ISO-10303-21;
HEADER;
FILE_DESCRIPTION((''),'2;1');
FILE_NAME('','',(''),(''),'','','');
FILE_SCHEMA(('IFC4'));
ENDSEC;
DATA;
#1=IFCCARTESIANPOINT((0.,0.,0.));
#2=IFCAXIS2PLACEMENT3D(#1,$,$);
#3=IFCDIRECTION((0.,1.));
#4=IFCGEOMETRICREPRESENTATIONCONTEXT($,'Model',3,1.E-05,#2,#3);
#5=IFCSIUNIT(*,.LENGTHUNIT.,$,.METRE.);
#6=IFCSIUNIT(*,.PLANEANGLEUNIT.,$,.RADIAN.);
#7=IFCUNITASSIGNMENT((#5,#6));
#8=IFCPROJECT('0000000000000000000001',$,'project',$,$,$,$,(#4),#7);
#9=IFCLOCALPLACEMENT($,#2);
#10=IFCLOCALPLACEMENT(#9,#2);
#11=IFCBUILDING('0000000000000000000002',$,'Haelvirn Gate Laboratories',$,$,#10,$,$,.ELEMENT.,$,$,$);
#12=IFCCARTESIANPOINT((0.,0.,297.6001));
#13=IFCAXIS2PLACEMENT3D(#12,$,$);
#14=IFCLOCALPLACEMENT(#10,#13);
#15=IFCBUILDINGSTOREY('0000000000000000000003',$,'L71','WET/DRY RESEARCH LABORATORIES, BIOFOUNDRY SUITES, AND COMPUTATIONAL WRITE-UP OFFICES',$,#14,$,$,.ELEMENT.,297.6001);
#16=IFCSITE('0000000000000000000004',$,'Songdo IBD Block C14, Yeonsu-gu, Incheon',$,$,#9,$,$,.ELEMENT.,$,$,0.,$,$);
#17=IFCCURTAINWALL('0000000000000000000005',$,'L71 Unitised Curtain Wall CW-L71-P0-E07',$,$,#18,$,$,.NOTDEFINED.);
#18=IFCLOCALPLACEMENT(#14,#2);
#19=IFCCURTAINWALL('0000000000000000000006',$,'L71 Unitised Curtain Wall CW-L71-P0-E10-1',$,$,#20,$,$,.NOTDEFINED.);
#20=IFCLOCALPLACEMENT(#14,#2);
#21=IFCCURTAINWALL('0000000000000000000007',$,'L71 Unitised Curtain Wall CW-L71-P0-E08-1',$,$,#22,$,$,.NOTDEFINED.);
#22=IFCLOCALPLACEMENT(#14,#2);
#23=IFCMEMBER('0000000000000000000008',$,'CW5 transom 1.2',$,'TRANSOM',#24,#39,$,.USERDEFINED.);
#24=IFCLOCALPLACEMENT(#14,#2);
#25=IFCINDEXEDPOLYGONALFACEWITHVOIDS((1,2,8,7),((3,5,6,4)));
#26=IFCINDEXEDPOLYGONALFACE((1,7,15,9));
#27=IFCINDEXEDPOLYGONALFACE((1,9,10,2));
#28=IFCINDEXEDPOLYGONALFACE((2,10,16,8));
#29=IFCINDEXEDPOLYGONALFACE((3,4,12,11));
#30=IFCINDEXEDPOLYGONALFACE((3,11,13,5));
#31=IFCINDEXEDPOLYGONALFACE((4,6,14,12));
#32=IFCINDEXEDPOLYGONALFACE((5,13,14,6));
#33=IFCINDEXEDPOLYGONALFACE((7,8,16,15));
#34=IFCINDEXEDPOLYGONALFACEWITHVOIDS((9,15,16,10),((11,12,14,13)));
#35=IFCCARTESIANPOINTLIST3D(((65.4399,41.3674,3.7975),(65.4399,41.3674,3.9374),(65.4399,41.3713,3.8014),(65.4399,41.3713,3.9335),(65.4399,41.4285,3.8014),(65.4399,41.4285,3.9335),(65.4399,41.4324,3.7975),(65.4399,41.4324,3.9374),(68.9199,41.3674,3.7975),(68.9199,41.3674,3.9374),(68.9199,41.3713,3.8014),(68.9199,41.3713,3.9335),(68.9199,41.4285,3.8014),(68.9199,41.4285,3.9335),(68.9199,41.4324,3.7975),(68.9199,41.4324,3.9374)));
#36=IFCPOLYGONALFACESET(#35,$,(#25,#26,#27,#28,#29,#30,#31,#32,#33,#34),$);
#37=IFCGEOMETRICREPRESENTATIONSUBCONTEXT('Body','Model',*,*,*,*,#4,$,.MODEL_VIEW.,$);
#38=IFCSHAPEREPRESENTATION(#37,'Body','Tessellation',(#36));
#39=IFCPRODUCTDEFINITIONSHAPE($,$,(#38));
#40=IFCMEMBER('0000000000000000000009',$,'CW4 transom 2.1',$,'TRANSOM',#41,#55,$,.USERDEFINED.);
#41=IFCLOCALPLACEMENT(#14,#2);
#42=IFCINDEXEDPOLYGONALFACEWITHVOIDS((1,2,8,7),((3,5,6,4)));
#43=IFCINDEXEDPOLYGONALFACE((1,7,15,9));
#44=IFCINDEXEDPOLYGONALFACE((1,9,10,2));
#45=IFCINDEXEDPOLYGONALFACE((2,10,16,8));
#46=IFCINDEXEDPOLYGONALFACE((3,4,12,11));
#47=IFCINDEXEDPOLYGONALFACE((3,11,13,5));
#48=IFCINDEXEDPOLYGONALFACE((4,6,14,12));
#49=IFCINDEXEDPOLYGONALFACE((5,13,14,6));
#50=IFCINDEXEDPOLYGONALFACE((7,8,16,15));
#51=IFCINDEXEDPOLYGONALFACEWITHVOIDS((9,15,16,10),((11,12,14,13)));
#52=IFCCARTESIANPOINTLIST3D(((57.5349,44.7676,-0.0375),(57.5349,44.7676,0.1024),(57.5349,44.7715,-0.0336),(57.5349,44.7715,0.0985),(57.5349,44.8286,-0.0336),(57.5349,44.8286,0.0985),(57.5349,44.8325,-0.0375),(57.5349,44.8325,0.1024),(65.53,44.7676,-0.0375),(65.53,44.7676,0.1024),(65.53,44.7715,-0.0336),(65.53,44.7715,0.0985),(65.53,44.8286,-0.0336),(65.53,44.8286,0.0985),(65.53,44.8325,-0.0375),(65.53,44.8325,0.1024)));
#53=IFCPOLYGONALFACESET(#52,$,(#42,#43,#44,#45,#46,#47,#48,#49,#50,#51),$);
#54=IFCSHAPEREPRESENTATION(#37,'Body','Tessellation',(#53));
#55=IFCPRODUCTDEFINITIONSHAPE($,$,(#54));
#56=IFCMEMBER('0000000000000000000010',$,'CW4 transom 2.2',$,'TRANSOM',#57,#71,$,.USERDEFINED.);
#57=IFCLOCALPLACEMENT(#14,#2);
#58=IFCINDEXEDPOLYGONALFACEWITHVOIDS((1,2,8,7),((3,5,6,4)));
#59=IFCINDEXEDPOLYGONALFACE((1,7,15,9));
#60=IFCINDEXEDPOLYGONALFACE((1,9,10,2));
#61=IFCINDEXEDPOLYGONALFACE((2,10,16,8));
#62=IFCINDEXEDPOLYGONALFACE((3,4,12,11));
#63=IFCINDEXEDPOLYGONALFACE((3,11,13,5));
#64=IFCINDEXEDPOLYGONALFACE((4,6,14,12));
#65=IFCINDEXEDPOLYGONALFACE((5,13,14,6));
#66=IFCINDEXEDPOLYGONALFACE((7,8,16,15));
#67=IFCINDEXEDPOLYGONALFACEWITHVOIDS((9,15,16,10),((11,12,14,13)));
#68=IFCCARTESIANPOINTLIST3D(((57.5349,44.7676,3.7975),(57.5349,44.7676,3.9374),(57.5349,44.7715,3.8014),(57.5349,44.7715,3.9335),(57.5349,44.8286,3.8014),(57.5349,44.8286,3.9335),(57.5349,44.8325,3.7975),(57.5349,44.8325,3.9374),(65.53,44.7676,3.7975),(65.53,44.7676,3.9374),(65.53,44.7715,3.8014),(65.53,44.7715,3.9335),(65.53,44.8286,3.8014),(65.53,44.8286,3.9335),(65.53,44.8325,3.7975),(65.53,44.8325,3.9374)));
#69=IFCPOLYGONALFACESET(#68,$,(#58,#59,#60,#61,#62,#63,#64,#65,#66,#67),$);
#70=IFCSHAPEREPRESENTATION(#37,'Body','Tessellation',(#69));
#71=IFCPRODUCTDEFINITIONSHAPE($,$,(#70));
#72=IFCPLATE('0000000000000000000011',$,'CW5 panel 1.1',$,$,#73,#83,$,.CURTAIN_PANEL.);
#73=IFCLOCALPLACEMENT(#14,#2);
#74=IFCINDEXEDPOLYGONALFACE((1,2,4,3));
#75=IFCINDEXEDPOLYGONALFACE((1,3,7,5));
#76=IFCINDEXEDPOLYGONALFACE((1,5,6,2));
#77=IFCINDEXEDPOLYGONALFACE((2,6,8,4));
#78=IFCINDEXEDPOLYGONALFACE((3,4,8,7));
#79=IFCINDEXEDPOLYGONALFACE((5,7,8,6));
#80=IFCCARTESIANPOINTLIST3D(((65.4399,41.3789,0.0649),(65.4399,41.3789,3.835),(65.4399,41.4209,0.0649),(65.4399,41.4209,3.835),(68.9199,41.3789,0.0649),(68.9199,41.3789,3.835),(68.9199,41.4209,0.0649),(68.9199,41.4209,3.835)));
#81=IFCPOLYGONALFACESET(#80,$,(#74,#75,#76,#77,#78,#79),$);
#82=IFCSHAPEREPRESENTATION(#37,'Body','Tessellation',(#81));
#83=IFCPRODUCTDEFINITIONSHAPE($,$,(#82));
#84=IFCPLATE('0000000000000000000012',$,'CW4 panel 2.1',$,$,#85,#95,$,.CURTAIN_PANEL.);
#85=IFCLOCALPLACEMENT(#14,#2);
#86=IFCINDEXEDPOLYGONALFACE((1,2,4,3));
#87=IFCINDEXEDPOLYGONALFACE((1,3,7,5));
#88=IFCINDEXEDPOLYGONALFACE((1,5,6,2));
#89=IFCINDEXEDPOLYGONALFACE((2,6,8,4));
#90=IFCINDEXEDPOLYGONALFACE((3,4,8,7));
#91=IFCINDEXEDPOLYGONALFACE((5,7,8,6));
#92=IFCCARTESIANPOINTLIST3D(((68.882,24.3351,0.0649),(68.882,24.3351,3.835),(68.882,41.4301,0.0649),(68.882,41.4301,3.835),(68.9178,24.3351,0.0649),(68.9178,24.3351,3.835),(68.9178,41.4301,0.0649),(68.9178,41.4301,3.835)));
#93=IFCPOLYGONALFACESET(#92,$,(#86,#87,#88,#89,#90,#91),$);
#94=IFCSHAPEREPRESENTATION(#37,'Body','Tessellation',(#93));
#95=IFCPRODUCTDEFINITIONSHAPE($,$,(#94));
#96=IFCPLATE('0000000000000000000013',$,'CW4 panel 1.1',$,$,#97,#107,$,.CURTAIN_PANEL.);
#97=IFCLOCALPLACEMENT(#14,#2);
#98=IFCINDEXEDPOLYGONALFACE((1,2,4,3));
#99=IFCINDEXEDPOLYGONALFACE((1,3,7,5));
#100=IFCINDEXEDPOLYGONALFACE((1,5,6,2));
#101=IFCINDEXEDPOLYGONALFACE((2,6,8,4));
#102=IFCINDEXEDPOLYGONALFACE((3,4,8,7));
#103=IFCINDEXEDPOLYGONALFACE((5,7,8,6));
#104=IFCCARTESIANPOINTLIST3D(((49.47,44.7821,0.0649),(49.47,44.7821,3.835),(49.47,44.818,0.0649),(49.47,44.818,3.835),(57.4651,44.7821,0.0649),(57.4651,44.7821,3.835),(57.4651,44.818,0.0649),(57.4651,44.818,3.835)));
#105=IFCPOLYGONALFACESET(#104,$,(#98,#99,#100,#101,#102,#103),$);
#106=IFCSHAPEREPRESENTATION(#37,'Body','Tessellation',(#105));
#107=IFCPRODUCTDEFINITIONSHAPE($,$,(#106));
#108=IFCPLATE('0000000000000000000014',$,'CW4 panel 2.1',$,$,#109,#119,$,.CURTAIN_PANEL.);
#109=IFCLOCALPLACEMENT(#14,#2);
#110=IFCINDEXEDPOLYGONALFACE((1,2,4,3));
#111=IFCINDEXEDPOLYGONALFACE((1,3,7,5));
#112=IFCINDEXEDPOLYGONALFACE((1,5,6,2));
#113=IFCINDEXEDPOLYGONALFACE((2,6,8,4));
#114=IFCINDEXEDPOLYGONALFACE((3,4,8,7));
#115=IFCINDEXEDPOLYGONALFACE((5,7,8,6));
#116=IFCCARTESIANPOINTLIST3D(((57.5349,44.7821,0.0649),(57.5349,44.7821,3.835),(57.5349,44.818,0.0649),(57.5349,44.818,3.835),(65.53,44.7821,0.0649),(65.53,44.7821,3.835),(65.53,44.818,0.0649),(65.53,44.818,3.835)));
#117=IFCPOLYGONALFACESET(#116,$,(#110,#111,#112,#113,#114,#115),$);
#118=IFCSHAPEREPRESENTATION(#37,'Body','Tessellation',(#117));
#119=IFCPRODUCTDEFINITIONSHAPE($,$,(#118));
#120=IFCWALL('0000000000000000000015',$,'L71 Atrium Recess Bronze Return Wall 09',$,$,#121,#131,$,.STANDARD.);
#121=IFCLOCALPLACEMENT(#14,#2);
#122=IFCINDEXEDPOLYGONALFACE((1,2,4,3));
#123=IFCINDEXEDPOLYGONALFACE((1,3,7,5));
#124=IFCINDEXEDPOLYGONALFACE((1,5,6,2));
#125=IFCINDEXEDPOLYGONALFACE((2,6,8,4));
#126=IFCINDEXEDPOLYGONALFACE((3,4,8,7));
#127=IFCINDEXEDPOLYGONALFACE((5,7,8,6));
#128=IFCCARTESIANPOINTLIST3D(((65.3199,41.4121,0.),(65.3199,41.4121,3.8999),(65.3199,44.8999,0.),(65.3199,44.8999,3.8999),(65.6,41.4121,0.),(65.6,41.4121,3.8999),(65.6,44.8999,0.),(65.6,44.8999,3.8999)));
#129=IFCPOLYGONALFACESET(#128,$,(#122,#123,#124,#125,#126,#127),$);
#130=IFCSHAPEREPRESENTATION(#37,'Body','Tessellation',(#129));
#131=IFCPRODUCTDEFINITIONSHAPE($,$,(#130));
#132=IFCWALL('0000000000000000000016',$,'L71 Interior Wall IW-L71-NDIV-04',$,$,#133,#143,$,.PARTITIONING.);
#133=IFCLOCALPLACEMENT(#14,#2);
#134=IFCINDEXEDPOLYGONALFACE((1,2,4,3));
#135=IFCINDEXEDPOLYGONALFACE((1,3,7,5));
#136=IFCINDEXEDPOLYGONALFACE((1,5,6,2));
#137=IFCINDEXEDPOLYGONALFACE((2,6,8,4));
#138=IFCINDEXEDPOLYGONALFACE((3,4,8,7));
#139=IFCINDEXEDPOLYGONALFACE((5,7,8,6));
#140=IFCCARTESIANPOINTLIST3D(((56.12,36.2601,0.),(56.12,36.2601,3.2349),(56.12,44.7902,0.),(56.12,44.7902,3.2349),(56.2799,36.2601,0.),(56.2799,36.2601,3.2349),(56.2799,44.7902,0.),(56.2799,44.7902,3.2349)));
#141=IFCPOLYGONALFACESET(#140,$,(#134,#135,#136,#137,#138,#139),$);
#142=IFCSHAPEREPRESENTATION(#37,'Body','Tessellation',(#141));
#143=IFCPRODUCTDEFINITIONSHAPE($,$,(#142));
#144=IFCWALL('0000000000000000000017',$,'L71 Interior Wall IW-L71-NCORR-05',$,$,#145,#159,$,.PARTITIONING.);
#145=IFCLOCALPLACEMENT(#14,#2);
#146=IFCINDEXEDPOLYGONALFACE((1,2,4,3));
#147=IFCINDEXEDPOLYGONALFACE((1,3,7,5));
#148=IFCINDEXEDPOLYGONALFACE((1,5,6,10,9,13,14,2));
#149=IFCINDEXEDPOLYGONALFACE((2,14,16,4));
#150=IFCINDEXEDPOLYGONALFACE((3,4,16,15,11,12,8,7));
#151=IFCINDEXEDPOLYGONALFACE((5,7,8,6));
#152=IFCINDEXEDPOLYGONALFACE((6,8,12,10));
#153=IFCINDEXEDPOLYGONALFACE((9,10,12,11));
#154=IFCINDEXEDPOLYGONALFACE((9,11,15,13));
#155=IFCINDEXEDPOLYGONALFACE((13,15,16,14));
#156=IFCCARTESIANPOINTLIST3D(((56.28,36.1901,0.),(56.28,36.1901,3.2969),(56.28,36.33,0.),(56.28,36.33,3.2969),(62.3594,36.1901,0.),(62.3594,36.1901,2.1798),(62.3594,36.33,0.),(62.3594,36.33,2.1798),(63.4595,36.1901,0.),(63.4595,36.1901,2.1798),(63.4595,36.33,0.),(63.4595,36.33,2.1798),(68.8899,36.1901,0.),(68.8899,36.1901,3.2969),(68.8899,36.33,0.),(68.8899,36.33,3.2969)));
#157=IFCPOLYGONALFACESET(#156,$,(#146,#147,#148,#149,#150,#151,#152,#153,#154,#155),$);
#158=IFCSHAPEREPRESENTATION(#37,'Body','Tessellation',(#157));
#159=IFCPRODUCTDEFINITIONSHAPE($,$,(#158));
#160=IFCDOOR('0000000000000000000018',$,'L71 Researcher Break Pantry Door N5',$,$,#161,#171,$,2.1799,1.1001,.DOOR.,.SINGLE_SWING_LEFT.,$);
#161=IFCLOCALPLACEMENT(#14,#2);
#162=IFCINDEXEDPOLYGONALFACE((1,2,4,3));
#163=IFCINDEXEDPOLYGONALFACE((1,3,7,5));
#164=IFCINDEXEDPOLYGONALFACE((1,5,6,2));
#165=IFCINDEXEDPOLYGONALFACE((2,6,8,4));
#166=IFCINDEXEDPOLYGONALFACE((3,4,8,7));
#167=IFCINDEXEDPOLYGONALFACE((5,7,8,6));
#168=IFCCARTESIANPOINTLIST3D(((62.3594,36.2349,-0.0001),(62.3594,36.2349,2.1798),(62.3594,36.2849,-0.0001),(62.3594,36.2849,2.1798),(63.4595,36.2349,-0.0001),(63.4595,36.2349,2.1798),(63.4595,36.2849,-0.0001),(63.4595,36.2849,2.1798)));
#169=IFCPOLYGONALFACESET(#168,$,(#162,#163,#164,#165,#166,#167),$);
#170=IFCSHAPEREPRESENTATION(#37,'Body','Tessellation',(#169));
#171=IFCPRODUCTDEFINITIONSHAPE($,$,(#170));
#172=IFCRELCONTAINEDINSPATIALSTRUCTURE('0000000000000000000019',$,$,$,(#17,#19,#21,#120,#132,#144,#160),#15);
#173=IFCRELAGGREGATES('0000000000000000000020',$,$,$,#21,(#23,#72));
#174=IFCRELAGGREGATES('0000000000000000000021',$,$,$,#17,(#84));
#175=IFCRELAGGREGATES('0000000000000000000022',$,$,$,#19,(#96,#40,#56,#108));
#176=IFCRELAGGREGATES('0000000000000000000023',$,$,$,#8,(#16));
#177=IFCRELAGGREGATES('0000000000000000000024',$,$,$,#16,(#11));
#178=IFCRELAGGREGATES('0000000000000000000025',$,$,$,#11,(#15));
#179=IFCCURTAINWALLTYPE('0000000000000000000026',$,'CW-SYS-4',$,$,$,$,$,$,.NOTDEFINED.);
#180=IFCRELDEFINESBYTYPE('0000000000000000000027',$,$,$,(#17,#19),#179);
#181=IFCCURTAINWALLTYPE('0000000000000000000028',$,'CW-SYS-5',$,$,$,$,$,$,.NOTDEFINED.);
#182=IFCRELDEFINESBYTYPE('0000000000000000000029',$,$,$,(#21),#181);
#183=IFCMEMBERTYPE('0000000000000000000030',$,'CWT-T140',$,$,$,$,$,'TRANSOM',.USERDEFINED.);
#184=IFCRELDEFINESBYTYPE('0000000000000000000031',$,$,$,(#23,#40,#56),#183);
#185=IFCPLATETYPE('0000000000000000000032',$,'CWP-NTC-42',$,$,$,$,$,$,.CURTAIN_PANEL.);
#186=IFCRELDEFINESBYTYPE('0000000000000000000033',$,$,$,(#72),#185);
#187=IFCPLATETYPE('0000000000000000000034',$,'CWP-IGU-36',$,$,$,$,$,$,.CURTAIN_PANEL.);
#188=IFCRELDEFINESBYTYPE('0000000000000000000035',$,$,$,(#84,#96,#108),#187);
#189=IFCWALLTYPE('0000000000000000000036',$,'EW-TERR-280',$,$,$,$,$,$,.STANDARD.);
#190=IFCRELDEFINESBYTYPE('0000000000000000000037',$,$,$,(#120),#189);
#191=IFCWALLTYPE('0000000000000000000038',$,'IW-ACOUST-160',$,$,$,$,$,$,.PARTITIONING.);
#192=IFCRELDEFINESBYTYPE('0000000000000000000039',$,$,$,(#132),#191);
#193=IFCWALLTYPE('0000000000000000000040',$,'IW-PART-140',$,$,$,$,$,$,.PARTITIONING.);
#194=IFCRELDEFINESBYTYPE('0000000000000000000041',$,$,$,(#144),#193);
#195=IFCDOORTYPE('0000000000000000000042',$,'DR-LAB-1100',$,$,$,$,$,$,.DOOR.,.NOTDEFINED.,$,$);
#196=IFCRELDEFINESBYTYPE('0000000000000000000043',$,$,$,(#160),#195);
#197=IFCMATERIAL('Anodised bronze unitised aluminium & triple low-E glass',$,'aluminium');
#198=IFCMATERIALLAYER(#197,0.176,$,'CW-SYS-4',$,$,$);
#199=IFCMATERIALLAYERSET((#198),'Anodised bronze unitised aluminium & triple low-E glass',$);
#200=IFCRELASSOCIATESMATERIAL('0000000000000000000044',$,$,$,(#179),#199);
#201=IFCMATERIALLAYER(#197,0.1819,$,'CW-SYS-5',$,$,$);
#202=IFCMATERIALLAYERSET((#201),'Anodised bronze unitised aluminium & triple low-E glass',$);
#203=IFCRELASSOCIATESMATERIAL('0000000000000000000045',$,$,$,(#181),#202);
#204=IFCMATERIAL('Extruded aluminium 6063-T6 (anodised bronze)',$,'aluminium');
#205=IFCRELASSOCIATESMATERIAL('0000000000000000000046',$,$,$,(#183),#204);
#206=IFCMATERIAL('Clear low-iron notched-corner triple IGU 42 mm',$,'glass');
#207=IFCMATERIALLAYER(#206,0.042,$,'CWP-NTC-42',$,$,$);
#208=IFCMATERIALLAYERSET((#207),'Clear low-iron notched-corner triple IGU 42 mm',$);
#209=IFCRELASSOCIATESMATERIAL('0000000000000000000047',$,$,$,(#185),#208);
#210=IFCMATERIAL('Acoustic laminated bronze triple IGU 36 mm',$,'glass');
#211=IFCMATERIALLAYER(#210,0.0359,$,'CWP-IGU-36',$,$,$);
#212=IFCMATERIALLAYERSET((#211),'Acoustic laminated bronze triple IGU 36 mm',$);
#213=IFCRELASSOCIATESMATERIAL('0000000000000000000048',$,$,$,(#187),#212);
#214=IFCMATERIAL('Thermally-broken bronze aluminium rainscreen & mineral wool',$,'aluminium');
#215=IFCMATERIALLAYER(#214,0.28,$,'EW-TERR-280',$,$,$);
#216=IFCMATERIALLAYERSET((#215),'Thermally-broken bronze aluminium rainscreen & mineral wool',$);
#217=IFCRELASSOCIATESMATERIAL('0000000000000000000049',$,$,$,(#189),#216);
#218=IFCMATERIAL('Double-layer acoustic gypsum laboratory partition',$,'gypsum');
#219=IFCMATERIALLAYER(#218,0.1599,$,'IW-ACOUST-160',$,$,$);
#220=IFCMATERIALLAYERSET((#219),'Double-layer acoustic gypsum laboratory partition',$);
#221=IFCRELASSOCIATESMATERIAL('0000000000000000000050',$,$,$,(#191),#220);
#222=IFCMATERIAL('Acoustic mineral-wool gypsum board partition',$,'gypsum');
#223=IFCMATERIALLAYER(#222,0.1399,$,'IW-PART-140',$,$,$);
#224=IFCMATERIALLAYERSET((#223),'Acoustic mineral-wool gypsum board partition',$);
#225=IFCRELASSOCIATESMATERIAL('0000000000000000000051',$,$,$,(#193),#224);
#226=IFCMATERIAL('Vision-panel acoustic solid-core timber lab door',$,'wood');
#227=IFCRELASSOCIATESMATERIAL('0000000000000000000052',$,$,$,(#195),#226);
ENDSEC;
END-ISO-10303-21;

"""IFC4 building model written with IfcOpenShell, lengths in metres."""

from ifc_helpers import new_model, si_unit, direction, frame, frame_2d, origin, origin_2d, place, context, subcontext, project, spatial, rectangle, hollow_rectangle, extrude, source, transform, mapped, material, layer, layer_set, material_profile, profile_set, type_object, type_shapes, element, fill, aggregate, save


model = new_model("IFC4")

# Units and contexts
model_context = context("Model", 3, precision=1e-05, world=origin(), true_north=direction((0.0, 1.0)))
body_context = subcontext(model_context, "Body", "Model", "MODEL_VIEW")
ifc_project = project(units=[si_unit("LENGTHUNIT", "METRE"), si_unit("PLANEANGLEUNIT", "RADIAN")], contexts=[model_context])

# Site, building, storey
site_placement = place(None, origin())
site = spatial("IfcSite", under=ifc_project, at=site_placement, Name="Songdo IBD Block C14, Yeonsu-gu, Incheon", CompositionType="ELEMENT", RefElevation=0.0)
building_placement = place(site_placement, origin())
building = spatial("IfcBuilding", under=site, at=building_placement, Name="Haelvirn Gate Laboratories", CompositionType="ELEMENT")
storey_placement = place(building_placement, frame((0.0, 0.0, 297.6001)))
storey = spatial("IfcBuildingStorey", under=building, at=storey_placement, Name="L71", Description="WET/DRY RESEARCH LABORATORIES, BIOFOUNDRY SUITES, AND COMPUTATIONAL WRITE-UP OFFICES", CompositionType="ELEMENT", Elevation=297.6001)

# Curtain wall
ifc_material_1 = material(Name="Anodised bronze unitised aluminium & triple low-E glass", Category="aluminium")
ifc_layer_1 = layer(ifc_material_1, 0.176, Name="CW-SYS-4")
ifc_layer_set_1 = layer_set([ifc_layer_1], Name="Anodised bronze unitised aluminium & triple low-E glass")
curtain_wall_type_1 = type_object("IfcCurtainWallType", Name="CW-SYS-4", PredefinedType="NOTDEFINED", material=ifc_layer_set_1)
curtain_wall_1_placement = place(storey_placement, origin())
curtain_wall_1 = element("IfcCurtainWall", 1, at=curtain_wall_1_placement, inside=storey, type_object=curtain_wall_type_1, Name="L71 Unitised Curtain Wall CW-L71-P0-E07", PredefinedType="NOTDEFINED")
ifc_material_2 = material(Name="Extruded aluminium 6063-T6 (anodised bronze)", Category="aluminium")

# Curtain walls, member
curtain_wall_2_placement = place(storey_placement, origin())
curtain_wall_2 = element("IfcCurtainWall", 2, at=curtain_wall_2_placement, inside=storey, type_object=curtain_wall_type_1, Name="L71 Unitised Curtain Wall CW-L71-P0-E10-1", PredefinedType="NOTDEFINED")
ifc_layer_2 = layer(ifc_material_1, 0.1819, Name="CW-SYS-5")
ifc_layer_set_2 = layer_set([ifc_layer_2], Name="Anodised bronze unitised aluminium & triple low-E glass")
curtain_wall_type_2 = type_object("IfcCurtainWallType", Name="CW-SYS-5", PredefinedType="NOTDEFINED", material=ifc_layer_set_2)
curtain_wall_3_placement = place(storey_placement, origin())
curtain_wall_3 = element("IfcCurtainWall", 3, at=curtain_wall_3_placement, inside=storey, type_object=curtain_wall_type_2, Name="L71 Unitised Curtain Wall CW-L71-P0-E08-1", PredefinedType="NOTDEFINED")
ifc_material_profile_1 = material_profile(ifc_material_2, hollow_rectangle(XDim=0.0649, YDim=0.1399, WallThickness=0.0039, at=origin_2d()), Name="CWT-140x65x4")
ifc_profile_set_1 = profile_set([ifc_material_profile_1], Name="Extruded aluminium 6063-T6 (anodised bronze)")
member_type_1 = type_object("IfcMemberType", Name="CWT-T140", ElementType="TRANSOM", PredefinedType="USERDEFINED", material=ifc_profile_set_1)
shared_shape_1 = source(origin(), body_context, "Body", "SweptSolid", [
    extrude(hollow_rectangle(XDim=0.0649, YDim=0.1399, WallThickness=0.0039, at=origin_2d()), origin(), (0.0, 0.0, 1.0), 3.48),
])
member_1_placement = place(storey_placement, frame((65.4399, 41.3999, 3.8674), z_axis=(1.0, 0.0, 0.0), x_axis=(0.0, 1.0, 0.0)))
member_1 = element("IfcMember", 4, at=member_1_placement, type_object=member_type_1, Name="CW5 transom 1.2", ObjectType="TRANSOM", PredefinedType="USERDEFINED", context=body_context, shape_type="MappedRepresentation", body=[
    mapped(shared_shape_1, transform((0.0, 0.0, 0.0), scale=1.0)),
])

# Members
shared_shape_2 = source(origin(), body_context, "Body", "SweptSolid", [
    extrude(hollow_rectangle(XDim=0.0649, YDim=0.1399, WallThickness=0.0039, at=origin_2d()), origin(), (0.0, 0.0, 1.0), 7.9951),
])
type_shapes(member_type_1, [shared_shape_1, shared_shape_2])
member_2_placement = place(storey_placement, frame((57.5349, 44.8, 0.0325), z_axis=(1.0, 0.0, 0.0), x_axis=(0.0, 1.0, 0.0)))
member_2 = element("IfcMember", 5, at=member_2_placement, type_object=member_type_1, Name="CW4 transom 2.1", ObjectType="TRANSOM", PredefinedType="USERDEFINED", context=body_context, shape_type="MappedRepresentation", body=[
    mapped(shared_shape_2, transform((0.0, 0.0, 0.0), scale=1.0)),
])
member_3_placement = place(storey_placement, frame((57.5349, 44.8, 3.8674), z_axis=(1.0, 0.0, 0.0), x_axis=(0.0, 1.0, 0.0)))
member_3 = element("IfcMember", 6, at=member_3_placement, type_object=member_type_1, Name="CW4 transom 2.2", ObjectType="TRANSOM", PredefinedType="USERDEFINED", context=body_context, shape_type="MappedRepresentation", body=[
    mapped(shared_shape_2, transform((0.0, 0.0, 0.0), scale=1.0)),
])

# Plates
ifc_material_3 = material(Name="Clear low-iron notched-corner triple IGU 42 mm", Category="glass")
ifc_layer_3 = layer(ifc_material_3, 0.042, Name="CWP-NTC-42")
ifc_layer_set_3 = layer_set([ifc_layer_3], Name="Clear low-iron notched-corner triple IGU 42 mm")
plate_type_1 = type_object("IfcPlateType", Name="CWP-NTC-42", PredefinedType="CURTAIN_PANEL", material=ifc_layer_set_3)
shared_shape_3 = source(origin(), body_context, "Body", "SweptSolid", [
    extrude(rectangle(XDim=3.48, YDim=0.042, at=origin_2d()), origin(), (0.0, 0.0, 1.0), 3.77),
])
type_shapes(plate_type_1, [shared_shape_3])
plate_1_placement = place(storey_placement, frame((67.1799, 41.3999, 0.0649), z_axis=(0.0, 0.0, 1.0), x_axis=(1.0, 0.0, 0.0)))
plate_1 = element("IfcPlate", 7, at=plate_1_placement, type_object=plate_type_1, Name="CW5 panel 1.1", PredefinedType="CURTAIN_PANEL", context=body_context, shape_type="MappedRepresentation", body=[
    mapped(shared_shape_3, transform((0.0, 0.0, 0.0), scale=1.0)),
])
aggregate(curtain_wall_3, [member_1, plate_1])
ifc_material_4 = material(Name="Acoustic laminated bronze triple IGU 36 mm", Category="glass")
ifc_layer_4 = layer(ifc_material_4, 0.0359, Name="CWP-IGU-36")
ifc_layer_set_4 = layer_set([ifc_layer_4], Name="Acoustic laminated bronze triple IGU 36 mm")
plate_type_2 = type_object("IfcPlateType", Name="CWP-IGU-36", PredefinedType="CURTAIN_PANEL", material=ifc_layer_set_4)
shared_shape_4 = source(origin(), body_context, "Body", "SweptSolid", [
    extrude(rectangle(XDim=17.095, YDim=0.0359, at=origin_2d()), origin(), (0.0, 0.0, 1.0), 3.77),
])
plate_2_placement = place(storey_placement, frame((68.8999, 32.8826, 0.0649), z_axis=(0.0, 0.0, 1.0), x_axis=(0.0, 1.0, 0.0)))
plate_2 = element("IfcPlate", 8, at=plate_2_placement, type_object=plate_type_2, Name="CW4 panel 2.1", PredefinedType="CURTAIN_PANEL", context=body_context, shape_type="MappedRepresentation", body=[
    mapped(shared_shape_4, transform((0.0, 0.0, 0.0), scale=1.0)),
])
aggregate(curtain_wall_1, [plate_2])
shared_shape_5 = source(origin(), body_context, "Body", "SweptSolid", [
    extrude(rectangle(XDim=7.9951, YDim=0.0359, at=origin_2d()), origin(), (0.0, 0.0, 1.0), 3.77),
])
type_shapes(plate_type_2, [shared_shape_4, shared_shape_5])
plate_3_placement = place(storey_placement, frame((53.4675, 44.8, 0.0649), z_axis=(0.0, 0.0, 1.0), x_axis=(1.0, 0.0, 0.0)))
plate_3 = element("IfcPlate", 9, at=plate_3_placement, type_object=plate_type_2, Name="CW4 panel 1.1", PredefinedType="CURTAIN_PANEL", context=body_context, shape_type="MappedRepresentation", body=[
    mapped(shared_shape_5, transform((0.0, 0.0, 0.0), scale=1.0)),
])
plate_4_placement = place(storey_placement, frame((61.5325, 44.8, 0.0649), z_axis=(0.0, 0.0, 1.0), x_axis=(1.0, 0.0, 0.0)))
plate_4 = element("IfcPlate", 10, at=plate_4_placement, type_object=plate_type_2, Name="CW4 panel 2.1", PredefinedType="CURTAIN_PANEL", context=body_context, shape_type="MappedRepresentation", body=[
    mapped(shared_shape_5, transform((0.0, 0.0, 0.0), scale=1.0)),
])
aggregate(curtain_wall_2, [plate_3, member_2, member_3, plate_4])

# Walls
ifc_material_5 = material(Name="Thermally-broken bronze aluminium rainscreen & mineral wool", Category="aluminium")
ifc_layer_5 = layer(ifc_material_5, 0.28, Name="EW-TERR-280")
ifc_layer_set_5 = layer_set([ifc_layer_5], Name="Thermally-broken bronze aluminium rainscreen & mineral wool")
wall_type_1 = type_object("IfcWallType", Name="EW-TERR-280", PredefinedType="STANDARD", material=ifc_layer_set_5)
wall_1_placement = place(storey_placement, frame((65.46, 41.4121, 0.0), z_axis=(0.0, 0.0, 1.0), x_axis=(0.0, 1.0, 0.0)))
element("IfcWall", 11, at=wall_1_placement, inside=storey, type_object=wall_type_1, Name="L71 Atrium Recess Bronze Return Wall 09", PredefinedType="STANDARD", context=body_context, shape_type="SweptSolid", body=[
    extrude(rectangle(XDim=3.4878, YDim=0.28, at=frame_2d((1.7439, 0.0))), origin(), (0.0, 0.0, 1.0), 3.8999),
])
ifc_material_6 = material(Name="Double-layer acoustic gypsum laboratory partition", Category="gypsum")
ifc_layer_6 = layer(ifc_material_6, 0.1599, Name="IW-ACOUST-160")
ifc_layer_set_6 = layer_set([ifc_layer_6], Name="Double-layer acoustic gypsum laboratory partition")
wall_type_2 = type_object("IfcWallType", Name="IW-ACOUST-160", PredefinedType="PARTITIONING", material=ifc_layer_set_6)
wall_2_placement = place(storey_placement, frame((56.2, 36.26, 0.0), z_axis=(0.0, 0.0, 1.0), x_axis=(0.0, 1.0, 0.0)))
element("IfcWall", 12, at=wall_2_placement, inside=storey, type_object=wall_type_2, Name="L71 Interior Wall IW-L71-NDIV-04", PredefinedType="PARTITIONING", context=body_context, shape_type="SweptSolid", body=[
    extrude(rectangle(XDim=8.53, YDim=0.1599, at=frame_2d((4.2651, 0.0))), origin(), (0.0, 0.0, 1.0), 3.2349),
])

# Wall, opening, door
ifc_material_7 = material(Name="Acoustic mineral-wool gypsum board partition", Category="gypsum")
ifc_layer_7 = layer(ifc_material_7, 0.1399, Name="IW-PART-140")
ifc_layer_set_7 = layer_set([ifc_layer_7], Name="Acoustic mineral-wool gypsum board partition")
wall_type_3 = type_object("IfcWallType", Name="IW-PART-140", PredefinedType="PARTITIONING", material=ifc_layer_set_7)
wall_3_placement = place(storey_placement, frame((56.28, 36.26, 0.0), z_axis=(0.0, 0.0, 1.0), x_axis=(1.0, 0.0, 0.0)))
wall_3 = element("IfcWall", 13, at=wall_3_placement, inside=storey, type_object=wall_type_3, Name="L71 Interior Wall IW-L71-NCORR-05", PredefinedType="PARTITIONING", context=body_context, shape_type="SweptSolid", body=[
    extrude(rectangle(XDim=12.6099, YDim=0.1399, at=frame_2d((6.3049, 0.0))), origin(), (0.0, 0.0, 1.0), 3.2969),
])
opening_placement = place(wall_3_placement, frame((6.0793, 0.0, 0.0)))
opening = element("IfcOpeningElement", 14, at=opening_placement, cuts=wall_3, PredefinedType="OPENING", context=body_context, shape_type="SweptSolid", body=[
    extrude(rectangle(XDim=1.1001, YDim=2.1799, at=frame_2d((0.55, 1.0898))), frame((0.0, 0.0801, 0.0), z_axis=(0.0, -1.0, 0.0), x_axis=(1.0, 0.0, 0.0)), (0.0, 0.0, 1.0), 0.1599),
])
ifc_material_8 = material(Name="Vision-panel acoustic solid-core timber lab door", Category="wood")
door_type = type_object("IfcDoorType", Name="DR-LAB-1100", OperationType="NOTDEFINED", PredefinedType="DOOR", material=ifc_material_8)
shared_shape_6 = source(origin(), body_context, "Body", "SweptSolid", [
    extrude(rectangle(XDim=1.1001, YDim=2.1799, at=frame_2d((0.55, 1.0898))), frame((0.0, 0.0249, 0.0), z_axis=(0.0, -1.0, 0.0), x_axis=(1.0, 0.0, 0.0)), (0.0, 0.0, 1.0), 0.05),
])
type_shapes(door_type, [shared_shape_6])
door_placement = place(opening_placement, origin())
door = element("IfcDoor", 15, at=door_placement, inside=storey, type_object=door_type, Name="L71 Researcher Break Pantry Door N5", OperationType="SINGLE_SWING_LEFT", OverallHeight=2.1799, OverallWidth=1.1001, PredefinedType="DOOR", context=body_context, shape_type="MappedRepresentation", body=[
    mapped(shared_shape_6, transform((0.0, 0.0, 0.0), scale=1.0)),
])
fill(opening, door)

save(model, "model.ifc")
